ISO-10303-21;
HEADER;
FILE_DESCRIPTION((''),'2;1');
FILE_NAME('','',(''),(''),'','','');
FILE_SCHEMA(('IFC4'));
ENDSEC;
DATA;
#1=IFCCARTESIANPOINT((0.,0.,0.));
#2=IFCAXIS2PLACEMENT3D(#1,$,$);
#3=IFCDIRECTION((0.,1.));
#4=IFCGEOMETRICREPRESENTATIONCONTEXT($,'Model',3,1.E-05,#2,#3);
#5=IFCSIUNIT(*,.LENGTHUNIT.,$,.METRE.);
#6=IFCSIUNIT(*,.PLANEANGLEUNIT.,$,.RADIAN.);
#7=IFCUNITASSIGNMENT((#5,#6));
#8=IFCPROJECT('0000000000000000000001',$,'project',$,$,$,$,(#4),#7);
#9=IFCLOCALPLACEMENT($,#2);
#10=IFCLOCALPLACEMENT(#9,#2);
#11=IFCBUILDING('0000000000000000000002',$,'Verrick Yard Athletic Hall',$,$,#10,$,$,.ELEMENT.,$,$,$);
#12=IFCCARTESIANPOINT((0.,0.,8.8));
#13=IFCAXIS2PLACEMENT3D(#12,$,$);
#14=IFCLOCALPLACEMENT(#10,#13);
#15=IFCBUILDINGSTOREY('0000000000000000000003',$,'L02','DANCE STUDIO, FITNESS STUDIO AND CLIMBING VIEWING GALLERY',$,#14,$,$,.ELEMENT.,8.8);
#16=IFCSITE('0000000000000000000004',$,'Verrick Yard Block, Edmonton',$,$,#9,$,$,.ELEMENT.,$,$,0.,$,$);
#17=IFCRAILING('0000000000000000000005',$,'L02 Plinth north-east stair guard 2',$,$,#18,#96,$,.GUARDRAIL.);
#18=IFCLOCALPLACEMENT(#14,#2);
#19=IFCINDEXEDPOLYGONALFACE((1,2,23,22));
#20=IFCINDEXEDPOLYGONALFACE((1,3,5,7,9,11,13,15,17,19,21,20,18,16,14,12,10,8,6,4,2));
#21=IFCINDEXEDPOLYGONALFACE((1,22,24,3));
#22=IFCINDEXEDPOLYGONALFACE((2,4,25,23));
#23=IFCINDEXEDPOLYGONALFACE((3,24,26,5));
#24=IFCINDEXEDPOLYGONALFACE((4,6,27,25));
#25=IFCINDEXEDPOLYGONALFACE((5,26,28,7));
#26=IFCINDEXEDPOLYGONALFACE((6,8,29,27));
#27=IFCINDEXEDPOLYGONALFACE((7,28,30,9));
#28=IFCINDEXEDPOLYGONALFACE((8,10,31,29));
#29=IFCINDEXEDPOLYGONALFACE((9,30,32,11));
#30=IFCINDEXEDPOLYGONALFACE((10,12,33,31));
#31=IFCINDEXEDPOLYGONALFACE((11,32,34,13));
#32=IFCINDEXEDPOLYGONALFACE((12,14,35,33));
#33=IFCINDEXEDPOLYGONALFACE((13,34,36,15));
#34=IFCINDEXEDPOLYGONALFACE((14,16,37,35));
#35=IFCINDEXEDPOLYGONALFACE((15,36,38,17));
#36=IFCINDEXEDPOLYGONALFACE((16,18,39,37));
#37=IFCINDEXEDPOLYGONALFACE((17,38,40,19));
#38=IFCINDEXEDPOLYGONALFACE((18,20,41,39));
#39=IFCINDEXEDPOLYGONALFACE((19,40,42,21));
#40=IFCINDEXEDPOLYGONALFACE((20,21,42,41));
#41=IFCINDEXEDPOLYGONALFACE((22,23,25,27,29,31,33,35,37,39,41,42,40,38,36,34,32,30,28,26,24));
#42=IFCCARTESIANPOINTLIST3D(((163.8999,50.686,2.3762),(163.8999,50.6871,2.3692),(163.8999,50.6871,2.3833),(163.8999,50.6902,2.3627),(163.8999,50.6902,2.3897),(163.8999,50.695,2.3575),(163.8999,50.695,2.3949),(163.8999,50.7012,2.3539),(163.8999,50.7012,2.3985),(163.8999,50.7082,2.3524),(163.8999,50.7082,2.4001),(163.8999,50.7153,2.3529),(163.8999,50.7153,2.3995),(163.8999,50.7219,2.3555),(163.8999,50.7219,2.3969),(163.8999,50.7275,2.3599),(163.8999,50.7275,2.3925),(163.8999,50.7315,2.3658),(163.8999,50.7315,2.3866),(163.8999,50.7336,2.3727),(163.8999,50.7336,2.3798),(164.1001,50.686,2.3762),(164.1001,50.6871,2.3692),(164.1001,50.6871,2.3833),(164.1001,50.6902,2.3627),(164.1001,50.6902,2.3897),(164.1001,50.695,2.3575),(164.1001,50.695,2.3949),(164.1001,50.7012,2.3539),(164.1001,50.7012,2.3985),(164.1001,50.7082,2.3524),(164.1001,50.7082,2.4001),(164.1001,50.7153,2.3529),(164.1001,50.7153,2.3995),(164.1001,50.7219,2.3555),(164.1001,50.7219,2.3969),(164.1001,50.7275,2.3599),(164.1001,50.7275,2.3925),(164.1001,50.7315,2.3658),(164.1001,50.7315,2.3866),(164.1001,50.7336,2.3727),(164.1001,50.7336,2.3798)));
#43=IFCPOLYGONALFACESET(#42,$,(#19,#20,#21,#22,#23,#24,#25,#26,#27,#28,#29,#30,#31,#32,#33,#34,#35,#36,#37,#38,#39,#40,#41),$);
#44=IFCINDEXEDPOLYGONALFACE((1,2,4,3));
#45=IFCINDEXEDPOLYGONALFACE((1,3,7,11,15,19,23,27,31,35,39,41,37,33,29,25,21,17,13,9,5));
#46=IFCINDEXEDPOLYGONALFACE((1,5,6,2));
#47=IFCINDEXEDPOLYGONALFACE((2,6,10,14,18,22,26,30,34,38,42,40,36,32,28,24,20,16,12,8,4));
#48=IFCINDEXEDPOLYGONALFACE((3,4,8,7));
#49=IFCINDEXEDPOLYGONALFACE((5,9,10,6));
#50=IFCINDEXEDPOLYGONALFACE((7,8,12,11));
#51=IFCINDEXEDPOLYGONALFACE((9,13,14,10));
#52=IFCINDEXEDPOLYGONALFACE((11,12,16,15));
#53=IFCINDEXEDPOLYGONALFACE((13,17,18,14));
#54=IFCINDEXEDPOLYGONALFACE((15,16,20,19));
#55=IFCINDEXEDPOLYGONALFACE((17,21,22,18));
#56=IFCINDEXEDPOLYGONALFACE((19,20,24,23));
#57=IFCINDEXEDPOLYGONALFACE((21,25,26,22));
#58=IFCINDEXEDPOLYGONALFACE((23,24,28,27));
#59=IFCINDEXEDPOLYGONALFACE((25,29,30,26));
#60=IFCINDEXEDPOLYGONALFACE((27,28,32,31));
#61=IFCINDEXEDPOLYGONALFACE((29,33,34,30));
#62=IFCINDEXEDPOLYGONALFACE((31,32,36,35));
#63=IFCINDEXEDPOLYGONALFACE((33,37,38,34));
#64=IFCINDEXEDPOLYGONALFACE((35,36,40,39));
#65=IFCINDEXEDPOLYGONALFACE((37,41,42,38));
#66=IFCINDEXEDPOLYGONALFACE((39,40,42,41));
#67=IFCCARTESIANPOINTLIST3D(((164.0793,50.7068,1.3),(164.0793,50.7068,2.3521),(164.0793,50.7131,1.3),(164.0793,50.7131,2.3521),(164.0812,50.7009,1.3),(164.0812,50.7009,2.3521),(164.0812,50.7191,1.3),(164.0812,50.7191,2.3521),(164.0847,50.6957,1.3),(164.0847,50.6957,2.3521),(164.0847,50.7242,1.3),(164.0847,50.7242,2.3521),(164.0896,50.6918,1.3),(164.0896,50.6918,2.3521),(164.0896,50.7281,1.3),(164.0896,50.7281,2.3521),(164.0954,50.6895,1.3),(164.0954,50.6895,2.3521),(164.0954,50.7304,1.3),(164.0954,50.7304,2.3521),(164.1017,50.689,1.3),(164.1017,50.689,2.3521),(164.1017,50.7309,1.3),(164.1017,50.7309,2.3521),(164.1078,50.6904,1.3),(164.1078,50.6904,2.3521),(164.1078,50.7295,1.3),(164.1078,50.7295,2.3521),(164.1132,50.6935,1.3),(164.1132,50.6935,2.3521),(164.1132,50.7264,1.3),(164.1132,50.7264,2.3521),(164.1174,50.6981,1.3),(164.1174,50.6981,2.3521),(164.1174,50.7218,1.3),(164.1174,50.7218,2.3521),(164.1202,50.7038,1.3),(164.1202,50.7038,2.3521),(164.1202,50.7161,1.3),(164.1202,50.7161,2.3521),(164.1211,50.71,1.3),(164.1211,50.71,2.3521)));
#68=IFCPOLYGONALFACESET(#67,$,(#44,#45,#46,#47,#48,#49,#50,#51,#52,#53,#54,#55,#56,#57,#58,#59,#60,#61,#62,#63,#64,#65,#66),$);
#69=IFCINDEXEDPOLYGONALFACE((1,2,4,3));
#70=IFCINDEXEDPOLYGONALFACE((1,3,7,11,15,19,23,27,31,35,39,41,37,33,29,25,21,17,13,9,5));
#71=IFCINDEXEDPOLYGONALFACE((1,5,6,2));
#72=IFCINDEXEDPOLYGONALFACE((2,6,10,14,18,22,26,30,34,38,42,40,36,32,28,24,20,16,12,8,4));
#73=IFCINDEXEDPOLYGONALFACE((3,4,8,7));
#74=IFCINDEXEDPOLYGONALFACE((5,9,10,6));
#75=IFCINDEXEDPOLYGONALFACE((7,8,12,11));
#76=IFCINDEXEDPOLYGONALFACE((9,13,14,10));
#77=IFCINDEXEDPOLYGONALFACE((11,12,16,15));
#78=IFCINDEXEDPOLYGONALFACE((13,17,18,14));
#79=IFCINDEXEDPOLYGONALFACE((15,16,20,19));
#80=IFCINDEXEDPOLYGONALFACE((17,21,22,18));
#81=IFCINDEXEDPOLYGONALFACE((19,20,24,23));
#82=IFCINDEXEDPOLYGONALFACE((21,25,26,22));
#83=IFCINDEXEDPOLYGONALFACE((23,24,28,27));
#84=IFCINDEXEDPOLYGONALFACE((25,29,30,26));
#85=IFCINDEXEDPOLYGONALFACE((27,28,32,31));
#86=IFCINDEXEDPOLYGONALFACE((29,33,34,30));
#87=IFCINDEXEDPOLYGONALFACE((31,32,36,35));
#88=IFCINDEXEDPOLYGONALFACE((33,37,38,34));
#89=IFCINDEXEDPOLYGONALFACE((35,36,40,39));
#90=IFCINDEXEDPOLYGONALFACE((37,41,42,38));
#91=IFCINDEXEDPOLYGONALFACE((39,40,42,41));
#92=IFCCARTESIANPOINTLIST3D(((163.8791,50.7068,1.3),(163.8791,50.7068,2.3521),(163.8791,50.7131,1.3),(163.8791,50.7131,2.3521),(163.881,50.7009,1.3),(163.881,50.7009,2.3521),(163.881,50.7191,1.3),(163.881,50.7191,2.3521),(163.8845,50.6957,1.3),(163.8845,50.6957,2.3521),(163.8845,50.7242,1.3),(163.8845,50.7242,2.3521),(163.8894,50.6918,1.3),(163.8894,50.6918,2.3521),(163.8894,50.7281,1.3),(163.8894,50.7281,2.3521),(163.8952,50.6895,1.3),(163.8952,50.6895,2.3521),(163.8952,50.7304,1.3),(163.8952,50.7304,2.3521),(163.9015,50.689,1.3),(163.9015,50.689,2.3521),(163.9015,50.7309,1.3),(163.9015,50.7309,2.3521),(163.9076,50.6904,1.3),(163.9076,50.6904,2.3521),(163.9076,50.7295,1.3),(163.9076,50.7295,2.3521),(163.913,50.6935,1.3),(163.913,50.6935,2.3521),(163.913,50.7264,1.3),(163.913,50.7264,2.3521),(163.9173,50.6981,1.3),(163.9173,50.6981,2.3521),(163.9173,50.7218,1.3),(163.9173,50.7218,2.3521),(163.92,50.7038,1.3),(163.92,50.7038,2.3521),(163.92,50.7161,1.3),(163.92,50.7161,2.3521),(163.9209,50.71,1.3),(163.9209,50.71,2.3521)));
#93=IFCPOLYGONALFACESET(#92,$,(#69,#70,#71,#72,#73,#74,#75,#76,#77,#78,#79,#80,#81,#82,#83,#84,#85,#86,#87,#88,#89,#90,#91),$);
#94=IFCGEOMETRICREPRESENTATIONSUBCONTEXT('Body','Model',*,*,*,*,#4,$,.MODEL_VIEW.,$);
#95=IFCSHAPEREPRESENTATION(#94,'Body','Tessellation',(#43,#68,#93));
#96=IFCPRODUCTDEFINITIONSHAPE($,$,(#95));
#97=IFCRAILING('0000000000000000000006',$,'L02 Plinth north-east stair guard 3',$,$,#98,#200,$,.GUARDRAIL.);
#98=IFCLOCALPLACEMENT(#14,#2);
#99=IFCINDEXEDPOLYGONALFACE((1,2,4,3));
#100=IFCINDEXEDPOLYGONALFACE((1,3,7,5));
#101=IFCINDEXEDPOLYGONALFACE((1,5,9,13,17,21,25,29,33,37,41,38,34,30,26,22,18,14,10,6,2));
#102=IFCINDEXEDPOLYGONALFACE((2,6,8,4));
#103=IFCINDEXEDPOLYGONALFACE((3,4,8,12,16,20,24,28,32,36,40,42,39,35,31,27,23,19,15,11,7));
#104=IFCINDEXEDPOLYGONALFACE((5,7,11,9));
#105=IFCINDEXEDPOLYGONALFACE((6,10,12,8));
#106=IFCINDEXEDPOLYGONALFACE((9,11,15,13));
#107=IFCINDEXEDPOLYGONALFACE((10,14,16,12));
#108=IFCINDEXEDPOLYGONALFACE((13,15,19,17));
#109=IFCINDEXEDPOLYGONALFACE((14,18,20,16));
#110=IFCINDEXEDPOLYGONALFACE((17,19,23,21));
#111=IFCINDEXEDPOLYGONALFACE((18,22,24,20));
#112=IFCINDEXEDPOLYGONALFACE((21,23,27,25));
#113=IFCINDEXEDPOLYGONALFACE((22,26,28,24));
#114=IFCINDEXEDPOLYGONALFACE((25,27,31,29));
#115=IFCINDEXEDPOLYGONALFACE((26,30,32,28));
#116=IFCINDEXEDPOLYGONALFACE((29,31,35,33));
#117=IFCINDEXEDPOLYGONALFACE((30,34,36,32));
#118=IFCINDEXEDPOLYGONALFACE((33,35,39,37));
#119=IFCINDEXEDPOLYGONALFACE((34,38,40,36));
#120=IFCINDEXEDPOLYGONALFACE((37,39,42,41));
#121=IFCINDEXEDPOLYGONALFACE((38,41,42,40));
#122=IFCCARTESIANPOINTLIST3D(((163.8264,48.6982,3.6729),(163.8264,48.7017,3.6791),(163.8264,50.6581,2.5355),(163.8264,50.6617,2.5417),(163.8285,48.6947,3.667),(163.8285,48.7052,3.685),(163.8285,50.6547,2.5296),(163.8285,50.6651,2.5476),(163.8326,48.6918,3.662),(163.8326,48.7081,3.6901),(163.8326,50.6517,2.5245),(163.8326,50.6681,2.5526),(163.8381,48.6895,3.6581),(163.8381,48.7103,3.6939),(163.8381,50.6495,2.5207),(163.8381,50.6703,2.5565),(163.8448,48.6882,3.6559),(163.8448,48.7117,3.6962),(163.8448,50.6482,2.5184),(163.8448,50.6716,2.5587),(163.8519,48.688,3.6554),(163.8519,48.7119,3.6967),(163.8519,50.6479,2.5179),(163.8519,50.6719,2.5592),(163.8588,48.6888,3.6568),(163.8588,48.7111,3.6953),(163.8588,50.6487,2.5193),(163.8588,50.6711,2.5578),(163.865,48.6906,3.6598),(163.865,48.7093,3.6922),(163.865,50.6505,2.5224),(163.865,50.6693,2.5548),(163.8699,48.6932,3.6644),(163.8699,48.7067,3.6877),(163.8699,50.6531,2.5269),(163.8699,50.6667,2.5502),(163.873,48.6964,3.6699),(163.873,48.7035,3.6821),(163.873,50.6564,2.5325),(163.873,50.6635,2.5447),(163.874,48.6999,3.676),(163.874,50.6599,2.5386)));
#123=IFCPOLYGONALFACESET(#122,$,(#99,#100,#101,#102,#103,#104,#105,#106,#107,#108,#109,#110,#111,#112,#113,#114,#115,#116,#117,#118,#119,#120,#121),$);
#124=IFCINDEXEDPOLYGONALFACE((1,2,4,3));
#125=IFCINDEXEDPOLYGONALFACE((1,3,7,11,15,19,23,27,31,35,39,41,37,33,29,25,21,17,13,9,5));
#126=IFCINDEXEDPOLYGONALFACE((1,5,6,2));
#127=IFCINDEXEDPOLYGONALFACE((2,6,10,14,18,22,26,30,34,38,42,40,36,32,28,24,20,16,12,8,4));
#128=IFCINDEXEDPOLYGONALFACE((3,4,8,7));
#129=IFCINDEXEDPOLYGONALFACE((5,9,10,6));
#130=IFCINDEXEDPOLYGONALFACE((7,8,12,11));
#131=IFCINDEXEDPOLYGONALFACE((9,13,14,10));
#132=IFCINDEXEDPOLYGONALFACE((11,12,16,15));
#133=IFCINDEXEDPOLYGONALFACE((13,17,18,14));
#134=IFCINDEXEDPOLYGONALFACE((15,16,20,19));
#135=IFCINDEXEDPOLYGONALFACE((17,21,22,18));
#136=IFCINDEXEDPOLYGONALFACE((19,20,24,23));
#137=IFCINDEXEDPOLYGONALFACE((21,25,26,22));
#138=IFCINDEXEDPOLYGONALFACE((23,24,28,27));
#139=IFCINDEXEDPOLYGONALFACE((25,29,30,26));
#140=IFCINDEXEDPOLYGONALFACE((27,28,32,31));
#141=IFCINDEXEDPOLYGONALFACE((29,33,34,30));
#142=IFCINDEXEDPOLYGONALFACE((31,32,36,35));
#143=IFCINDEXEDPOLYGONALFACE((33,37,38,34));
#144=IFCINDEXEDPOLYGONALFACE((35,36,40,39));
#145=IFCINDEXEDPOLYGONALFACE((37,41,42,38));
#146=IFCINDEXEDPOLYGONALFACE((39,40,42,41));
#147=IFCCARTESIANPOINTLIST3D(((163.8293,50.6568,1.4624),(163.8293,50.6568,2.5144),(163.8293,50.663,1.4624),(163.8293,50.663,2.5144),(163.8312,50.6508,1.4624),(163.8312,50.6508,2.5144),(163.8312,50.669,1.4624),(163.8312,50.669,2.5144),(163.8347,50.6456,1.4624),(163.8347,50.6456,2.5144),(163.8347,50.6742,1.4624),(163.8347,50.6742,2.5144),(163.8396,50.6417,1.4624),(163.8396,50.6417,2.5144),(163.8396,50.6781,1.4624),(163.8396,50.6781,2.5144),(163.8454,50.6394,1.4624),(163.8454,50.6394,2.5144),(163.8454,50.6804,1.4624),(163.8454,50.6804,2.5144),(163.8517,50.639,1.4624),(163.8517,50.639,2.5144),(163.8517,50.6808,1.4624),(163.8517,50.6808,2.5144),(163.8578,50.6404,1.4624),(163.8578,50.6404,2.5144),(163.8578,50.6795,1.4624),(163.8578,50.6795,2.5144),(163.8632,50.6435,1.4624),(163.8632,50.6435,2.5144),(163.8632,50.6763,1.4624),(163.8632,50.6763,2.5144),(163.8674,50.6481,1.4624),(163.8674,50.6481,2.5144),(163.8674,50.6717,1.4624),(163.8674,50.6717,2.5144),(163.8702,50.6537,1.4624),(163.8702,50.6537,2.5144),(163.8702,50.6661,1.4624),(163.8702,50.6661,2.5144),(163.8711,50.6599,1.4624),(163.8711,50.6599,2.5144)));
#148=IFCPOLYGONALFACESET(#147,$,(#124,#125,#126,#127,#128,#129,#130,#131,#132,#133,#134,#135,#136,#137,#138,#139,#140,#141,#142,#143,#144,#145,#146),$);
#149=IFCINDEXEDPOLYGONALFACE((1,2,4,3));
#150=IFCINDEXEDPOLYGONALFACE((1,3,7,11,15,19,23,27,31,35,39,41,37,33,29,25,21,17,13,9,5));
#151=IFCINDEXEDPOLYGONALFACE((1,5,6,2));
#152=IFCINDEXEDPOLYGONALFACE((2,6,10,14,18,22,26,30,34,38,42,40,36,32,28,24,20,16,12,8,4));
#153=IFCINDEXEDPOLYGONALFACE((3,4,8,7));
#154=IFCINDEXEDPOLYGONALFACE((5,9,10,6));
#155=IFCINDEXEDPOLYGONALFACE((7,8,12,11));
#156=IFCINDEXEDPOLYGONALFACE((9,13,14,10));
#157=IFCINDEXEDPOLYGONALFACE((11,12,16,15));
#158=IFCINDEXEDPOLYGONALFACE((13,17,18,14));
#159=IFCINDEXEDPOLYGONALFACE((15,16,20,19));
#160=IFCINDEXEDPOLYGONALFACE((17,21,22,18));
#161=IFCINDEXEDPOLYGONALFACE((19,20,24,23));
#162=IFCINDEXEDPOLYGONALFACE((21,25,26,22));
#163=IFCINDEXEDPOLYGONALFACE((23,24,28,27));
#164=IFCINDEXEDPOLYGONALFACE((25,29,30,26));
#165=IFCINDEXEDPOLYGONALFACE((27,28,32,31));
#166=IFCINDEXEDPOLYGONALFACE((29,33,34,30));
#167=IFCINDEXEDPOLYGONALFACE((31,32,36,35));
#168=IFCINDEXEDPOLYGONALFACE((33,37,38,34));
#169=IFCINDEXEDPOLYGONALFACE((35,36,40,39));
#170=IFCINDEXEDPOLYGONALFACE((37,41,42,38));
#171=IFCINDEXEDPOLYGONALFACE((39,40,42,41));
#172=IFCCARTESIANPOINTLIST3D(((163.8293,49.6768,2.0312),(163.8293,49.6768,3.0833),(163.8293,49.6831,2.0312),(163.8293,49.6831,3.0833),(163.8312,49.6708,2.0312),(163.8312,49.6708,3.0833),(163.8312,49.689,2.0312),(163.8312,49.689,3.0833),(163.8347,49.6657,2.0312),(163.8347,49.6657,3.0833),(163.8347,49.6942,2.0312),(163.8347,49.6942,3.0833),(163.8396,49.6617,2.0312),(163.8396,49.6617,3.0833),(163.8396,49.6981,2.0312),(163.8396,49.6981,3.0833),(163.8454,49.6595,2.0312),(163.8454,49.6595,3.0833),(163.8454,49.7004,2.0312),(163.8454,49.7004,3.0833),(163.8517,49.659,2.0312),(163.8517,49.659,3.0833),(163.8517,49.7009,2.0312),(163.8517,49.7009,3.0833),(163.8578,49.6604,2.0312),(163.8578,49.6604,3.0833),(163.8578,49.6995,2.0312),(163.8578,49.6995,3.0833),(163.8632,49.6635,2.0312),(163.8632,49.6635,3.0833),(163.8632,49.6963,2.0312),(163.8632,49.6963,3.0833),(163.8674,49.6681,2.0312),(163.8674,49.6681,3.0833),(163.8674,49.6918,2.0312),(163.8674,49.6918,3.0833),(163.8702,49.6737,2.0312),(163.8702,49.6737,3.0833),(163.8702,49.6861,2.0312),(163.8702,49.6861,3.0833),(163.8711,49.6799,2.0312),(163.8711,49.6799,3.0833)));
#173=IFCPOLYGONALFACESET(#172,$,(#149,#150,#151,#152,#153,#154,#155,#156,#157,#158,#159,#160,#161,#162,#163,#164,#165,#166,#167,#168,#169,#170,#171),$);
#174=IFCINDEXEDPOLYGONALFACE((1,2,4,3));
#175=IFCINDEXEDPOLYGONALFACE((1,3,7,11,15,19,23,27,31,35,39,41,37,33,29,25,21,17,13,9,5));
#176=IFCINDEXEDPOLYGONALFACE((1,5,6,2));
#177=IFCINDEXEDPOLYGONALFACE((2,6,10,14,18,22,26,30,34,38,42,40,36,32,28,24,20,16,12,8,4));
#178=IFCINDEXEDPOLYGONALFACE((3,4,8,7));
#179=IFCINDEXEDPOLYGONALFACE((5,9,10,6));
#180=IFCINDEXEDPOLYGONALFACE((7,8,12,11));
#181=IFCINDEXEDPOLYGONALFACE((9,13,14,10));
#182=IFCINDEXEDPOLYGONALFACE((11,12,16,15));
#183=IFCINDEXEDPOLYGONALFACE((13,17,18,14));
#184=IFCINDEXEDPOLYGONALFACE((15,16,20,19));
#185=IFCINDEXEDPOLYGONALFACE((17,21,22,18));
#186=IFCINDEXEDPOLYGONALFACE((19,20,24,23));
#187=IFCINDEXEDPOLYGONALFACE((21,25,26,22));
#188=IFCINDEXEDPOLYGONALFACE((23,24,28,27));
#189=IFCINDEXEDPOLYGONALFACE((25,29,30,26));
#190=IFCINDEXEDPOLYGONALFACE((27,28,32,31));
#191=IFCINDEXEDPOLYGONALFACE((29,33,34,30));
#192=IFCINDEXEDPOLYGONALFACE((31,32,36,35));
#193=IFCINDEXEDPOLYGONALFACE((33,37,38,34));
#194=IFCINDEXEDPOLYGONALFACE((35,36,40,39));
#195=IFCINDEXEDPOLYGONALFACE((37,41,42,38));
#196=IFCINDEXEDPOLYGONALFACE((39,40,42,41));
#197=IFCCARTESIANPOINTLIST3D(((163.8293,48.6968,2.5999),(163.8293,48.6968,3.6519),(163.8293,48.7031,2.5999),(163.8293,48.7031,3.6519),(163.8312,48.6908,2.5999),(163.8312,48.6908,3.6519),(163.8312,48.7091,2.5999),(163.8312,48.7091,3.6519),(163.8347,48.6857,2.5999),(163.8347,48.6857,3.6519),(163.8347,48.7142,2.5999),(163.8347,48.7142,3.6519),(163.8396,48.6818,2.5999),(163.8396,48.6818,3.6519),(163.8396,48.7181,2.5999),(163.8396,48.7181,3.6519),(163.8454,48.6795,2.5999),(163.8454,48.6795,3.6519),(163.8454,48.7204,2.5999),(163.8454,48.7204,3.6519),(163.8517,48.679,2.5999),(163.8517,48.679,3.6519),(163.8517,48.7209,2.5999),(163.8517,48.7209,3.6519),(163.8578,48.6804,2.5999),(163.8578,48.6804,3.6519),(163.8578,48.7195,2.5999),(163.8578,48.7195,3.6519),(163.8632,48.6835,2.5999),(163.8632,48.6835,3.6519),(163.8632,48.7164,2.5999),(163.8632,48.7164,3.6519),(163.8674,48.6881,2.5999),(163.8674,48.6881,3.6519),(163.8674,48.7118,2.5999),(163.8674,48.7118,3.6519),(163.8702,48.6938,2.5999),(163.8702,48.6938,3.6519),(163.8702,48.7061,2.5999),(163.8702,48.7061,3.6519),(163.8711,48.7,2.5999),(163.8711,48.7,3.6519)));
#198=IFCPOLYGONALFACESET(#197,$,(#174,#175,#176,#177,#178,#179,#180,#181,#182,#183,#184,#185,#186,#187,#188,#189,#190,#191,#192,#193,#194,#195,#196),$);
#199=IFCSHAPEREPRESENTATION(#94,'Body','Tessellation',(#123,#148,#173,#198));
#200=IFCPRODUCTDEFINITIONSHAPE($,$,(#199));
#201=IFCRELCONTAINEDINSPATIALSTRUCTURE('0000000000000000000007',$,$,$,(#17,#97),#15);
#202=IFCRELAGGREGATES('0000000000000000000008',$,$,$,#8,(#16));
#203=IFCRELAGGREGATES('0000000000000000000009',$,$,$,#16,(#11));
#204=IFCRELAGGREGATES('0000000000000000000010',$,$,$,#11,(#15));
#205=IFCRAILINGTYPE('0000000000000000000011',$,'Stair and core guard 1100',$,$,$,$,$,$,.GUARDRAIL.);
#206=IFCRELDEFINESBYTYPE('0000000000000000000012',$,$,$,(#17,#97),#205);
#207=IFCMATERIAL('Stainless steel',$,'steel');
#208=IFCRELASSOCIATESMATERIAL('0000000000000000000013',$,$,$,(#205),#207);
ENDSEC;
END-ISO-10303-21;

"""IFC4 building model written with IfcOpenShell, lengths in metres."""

from ifc_helpers import new_model, si_unit, direction, frame, origin, origin_2d, place, context, subcontext, project, spatial, circle, extrude, material, type_object, element, save


model = new_model("IFC4")

# Units and contexts
model_context = context("Model", 3, precision=1e-05, world=origin(), true_north=direction((0.0, 1.0)))
body_context = subcontext(model_context, "Body", "Model", "MODEL_VIEW")
ifc_project = project(units=[si_unit("LENGTHUNIT", "METRE"), si_unit("PLANEANGLEUNIT", "RADIAN")], contexts=[model_context])

# Site, building, storey
site_placement = place(None, origin())
site = spatial("IfcSite", under=ifc_project, at=site_placement, Name="Verrick Yard Block, Edmonton", CompositionType="ELEMENT", RefElevation=0.0)
building_placement = place(site_placement, origin())
building = spatial("IfcBuilding", under=site, at=building_placement, Name="Verrick Yard Athletic Hall", CompositionType="ELEMENT")
storey_placement = place(building_placement, frame((0.0, 0.0, 8.8)))
storey = spatial("IfcBuildingStorey", under=building, at=storey_placement, Name="L02", Description="DANCE STUDIO, FITNESS STUDIO AND CLIMBING VIEWING GALLERY", CompositionType="ELEMENT", Elevation=8.8)

# Railings
ifc_material_1 = material(Name="Stainless steel", Category="steel")
railing_type_1 = type_object("IfcRailingType", Name="Stair and core guard 1100", PredefinedType="GUARDRAIL", material=ifc_material_1)
railing_1_placement = place(storey_placement, frame((164.1001, 50.71, 1.3)))
element("IfcRailing", 1, at=railing_1_placement, inside=storey, type_object=railing_type_1, Name="L02 Plinth north-east stair guard 2", PredefinedType="GUARDRAIL", context=body_context, shape_type="SweptSolid", body=[
    extrude(circle(Radius=0.0239, at=origin_2d()), frame((0.0, 0.0, 1.0762), z_axis=(-1.0, 0.0, 0.0), x_axis=(0.0, -1.0, 0.0)), (0.0, 0.0, 1.0), 0.2002),
    extrude(circle(Radius=0.021, at=origin_2d()), origin(), (0.0, 0.0, 1.0), 1.052),
    extrude(circle(Radius=0.021, at=origin_2d()), frame((-0.2002, 0.0, 0.0)), (0.0, 0.0, 1.0), 1.052),
])
railing_2_placement = place(storey_placement, frame((163.8501, 50.6599, 1.4624)))
element("IfcRailing", 2, at=railing_2_placement, inside=storey, type_object=railing_type_1, Name="L02 Plinth north-east stair guard 3", PredefinedType="GUARDRAIL", context=body_context, shape_type="SweptSolid", body=[
    extrude(circle(Radius=0.0239, at=origin_2d()), frame((0.0, 0.0, 1.0762), z_axis=(0.0, -0.864902, 0.501941), x_axis=(1.0, 0.0, 0.0)), (0.0, 0.0, 1.0), 2.2661),
    extrude(circle(Radius=0.021, at=origin_2d()), origin(), (0.0, 0.0, 1.0), 1.052),
    extrude(circle(Radius=0.021, at=origin_2d()), frame((0.0, -0.98, 0.5688)), (0.0, 0.0, 1.0), 1.052),
    extrude(circle(Radius=0.021, at=origin_2d()), frame((0.0, -1.96, 1.1375)), (0.0, 0.0, 1.0), 1.052),
])

save(model, "model.ifc")
